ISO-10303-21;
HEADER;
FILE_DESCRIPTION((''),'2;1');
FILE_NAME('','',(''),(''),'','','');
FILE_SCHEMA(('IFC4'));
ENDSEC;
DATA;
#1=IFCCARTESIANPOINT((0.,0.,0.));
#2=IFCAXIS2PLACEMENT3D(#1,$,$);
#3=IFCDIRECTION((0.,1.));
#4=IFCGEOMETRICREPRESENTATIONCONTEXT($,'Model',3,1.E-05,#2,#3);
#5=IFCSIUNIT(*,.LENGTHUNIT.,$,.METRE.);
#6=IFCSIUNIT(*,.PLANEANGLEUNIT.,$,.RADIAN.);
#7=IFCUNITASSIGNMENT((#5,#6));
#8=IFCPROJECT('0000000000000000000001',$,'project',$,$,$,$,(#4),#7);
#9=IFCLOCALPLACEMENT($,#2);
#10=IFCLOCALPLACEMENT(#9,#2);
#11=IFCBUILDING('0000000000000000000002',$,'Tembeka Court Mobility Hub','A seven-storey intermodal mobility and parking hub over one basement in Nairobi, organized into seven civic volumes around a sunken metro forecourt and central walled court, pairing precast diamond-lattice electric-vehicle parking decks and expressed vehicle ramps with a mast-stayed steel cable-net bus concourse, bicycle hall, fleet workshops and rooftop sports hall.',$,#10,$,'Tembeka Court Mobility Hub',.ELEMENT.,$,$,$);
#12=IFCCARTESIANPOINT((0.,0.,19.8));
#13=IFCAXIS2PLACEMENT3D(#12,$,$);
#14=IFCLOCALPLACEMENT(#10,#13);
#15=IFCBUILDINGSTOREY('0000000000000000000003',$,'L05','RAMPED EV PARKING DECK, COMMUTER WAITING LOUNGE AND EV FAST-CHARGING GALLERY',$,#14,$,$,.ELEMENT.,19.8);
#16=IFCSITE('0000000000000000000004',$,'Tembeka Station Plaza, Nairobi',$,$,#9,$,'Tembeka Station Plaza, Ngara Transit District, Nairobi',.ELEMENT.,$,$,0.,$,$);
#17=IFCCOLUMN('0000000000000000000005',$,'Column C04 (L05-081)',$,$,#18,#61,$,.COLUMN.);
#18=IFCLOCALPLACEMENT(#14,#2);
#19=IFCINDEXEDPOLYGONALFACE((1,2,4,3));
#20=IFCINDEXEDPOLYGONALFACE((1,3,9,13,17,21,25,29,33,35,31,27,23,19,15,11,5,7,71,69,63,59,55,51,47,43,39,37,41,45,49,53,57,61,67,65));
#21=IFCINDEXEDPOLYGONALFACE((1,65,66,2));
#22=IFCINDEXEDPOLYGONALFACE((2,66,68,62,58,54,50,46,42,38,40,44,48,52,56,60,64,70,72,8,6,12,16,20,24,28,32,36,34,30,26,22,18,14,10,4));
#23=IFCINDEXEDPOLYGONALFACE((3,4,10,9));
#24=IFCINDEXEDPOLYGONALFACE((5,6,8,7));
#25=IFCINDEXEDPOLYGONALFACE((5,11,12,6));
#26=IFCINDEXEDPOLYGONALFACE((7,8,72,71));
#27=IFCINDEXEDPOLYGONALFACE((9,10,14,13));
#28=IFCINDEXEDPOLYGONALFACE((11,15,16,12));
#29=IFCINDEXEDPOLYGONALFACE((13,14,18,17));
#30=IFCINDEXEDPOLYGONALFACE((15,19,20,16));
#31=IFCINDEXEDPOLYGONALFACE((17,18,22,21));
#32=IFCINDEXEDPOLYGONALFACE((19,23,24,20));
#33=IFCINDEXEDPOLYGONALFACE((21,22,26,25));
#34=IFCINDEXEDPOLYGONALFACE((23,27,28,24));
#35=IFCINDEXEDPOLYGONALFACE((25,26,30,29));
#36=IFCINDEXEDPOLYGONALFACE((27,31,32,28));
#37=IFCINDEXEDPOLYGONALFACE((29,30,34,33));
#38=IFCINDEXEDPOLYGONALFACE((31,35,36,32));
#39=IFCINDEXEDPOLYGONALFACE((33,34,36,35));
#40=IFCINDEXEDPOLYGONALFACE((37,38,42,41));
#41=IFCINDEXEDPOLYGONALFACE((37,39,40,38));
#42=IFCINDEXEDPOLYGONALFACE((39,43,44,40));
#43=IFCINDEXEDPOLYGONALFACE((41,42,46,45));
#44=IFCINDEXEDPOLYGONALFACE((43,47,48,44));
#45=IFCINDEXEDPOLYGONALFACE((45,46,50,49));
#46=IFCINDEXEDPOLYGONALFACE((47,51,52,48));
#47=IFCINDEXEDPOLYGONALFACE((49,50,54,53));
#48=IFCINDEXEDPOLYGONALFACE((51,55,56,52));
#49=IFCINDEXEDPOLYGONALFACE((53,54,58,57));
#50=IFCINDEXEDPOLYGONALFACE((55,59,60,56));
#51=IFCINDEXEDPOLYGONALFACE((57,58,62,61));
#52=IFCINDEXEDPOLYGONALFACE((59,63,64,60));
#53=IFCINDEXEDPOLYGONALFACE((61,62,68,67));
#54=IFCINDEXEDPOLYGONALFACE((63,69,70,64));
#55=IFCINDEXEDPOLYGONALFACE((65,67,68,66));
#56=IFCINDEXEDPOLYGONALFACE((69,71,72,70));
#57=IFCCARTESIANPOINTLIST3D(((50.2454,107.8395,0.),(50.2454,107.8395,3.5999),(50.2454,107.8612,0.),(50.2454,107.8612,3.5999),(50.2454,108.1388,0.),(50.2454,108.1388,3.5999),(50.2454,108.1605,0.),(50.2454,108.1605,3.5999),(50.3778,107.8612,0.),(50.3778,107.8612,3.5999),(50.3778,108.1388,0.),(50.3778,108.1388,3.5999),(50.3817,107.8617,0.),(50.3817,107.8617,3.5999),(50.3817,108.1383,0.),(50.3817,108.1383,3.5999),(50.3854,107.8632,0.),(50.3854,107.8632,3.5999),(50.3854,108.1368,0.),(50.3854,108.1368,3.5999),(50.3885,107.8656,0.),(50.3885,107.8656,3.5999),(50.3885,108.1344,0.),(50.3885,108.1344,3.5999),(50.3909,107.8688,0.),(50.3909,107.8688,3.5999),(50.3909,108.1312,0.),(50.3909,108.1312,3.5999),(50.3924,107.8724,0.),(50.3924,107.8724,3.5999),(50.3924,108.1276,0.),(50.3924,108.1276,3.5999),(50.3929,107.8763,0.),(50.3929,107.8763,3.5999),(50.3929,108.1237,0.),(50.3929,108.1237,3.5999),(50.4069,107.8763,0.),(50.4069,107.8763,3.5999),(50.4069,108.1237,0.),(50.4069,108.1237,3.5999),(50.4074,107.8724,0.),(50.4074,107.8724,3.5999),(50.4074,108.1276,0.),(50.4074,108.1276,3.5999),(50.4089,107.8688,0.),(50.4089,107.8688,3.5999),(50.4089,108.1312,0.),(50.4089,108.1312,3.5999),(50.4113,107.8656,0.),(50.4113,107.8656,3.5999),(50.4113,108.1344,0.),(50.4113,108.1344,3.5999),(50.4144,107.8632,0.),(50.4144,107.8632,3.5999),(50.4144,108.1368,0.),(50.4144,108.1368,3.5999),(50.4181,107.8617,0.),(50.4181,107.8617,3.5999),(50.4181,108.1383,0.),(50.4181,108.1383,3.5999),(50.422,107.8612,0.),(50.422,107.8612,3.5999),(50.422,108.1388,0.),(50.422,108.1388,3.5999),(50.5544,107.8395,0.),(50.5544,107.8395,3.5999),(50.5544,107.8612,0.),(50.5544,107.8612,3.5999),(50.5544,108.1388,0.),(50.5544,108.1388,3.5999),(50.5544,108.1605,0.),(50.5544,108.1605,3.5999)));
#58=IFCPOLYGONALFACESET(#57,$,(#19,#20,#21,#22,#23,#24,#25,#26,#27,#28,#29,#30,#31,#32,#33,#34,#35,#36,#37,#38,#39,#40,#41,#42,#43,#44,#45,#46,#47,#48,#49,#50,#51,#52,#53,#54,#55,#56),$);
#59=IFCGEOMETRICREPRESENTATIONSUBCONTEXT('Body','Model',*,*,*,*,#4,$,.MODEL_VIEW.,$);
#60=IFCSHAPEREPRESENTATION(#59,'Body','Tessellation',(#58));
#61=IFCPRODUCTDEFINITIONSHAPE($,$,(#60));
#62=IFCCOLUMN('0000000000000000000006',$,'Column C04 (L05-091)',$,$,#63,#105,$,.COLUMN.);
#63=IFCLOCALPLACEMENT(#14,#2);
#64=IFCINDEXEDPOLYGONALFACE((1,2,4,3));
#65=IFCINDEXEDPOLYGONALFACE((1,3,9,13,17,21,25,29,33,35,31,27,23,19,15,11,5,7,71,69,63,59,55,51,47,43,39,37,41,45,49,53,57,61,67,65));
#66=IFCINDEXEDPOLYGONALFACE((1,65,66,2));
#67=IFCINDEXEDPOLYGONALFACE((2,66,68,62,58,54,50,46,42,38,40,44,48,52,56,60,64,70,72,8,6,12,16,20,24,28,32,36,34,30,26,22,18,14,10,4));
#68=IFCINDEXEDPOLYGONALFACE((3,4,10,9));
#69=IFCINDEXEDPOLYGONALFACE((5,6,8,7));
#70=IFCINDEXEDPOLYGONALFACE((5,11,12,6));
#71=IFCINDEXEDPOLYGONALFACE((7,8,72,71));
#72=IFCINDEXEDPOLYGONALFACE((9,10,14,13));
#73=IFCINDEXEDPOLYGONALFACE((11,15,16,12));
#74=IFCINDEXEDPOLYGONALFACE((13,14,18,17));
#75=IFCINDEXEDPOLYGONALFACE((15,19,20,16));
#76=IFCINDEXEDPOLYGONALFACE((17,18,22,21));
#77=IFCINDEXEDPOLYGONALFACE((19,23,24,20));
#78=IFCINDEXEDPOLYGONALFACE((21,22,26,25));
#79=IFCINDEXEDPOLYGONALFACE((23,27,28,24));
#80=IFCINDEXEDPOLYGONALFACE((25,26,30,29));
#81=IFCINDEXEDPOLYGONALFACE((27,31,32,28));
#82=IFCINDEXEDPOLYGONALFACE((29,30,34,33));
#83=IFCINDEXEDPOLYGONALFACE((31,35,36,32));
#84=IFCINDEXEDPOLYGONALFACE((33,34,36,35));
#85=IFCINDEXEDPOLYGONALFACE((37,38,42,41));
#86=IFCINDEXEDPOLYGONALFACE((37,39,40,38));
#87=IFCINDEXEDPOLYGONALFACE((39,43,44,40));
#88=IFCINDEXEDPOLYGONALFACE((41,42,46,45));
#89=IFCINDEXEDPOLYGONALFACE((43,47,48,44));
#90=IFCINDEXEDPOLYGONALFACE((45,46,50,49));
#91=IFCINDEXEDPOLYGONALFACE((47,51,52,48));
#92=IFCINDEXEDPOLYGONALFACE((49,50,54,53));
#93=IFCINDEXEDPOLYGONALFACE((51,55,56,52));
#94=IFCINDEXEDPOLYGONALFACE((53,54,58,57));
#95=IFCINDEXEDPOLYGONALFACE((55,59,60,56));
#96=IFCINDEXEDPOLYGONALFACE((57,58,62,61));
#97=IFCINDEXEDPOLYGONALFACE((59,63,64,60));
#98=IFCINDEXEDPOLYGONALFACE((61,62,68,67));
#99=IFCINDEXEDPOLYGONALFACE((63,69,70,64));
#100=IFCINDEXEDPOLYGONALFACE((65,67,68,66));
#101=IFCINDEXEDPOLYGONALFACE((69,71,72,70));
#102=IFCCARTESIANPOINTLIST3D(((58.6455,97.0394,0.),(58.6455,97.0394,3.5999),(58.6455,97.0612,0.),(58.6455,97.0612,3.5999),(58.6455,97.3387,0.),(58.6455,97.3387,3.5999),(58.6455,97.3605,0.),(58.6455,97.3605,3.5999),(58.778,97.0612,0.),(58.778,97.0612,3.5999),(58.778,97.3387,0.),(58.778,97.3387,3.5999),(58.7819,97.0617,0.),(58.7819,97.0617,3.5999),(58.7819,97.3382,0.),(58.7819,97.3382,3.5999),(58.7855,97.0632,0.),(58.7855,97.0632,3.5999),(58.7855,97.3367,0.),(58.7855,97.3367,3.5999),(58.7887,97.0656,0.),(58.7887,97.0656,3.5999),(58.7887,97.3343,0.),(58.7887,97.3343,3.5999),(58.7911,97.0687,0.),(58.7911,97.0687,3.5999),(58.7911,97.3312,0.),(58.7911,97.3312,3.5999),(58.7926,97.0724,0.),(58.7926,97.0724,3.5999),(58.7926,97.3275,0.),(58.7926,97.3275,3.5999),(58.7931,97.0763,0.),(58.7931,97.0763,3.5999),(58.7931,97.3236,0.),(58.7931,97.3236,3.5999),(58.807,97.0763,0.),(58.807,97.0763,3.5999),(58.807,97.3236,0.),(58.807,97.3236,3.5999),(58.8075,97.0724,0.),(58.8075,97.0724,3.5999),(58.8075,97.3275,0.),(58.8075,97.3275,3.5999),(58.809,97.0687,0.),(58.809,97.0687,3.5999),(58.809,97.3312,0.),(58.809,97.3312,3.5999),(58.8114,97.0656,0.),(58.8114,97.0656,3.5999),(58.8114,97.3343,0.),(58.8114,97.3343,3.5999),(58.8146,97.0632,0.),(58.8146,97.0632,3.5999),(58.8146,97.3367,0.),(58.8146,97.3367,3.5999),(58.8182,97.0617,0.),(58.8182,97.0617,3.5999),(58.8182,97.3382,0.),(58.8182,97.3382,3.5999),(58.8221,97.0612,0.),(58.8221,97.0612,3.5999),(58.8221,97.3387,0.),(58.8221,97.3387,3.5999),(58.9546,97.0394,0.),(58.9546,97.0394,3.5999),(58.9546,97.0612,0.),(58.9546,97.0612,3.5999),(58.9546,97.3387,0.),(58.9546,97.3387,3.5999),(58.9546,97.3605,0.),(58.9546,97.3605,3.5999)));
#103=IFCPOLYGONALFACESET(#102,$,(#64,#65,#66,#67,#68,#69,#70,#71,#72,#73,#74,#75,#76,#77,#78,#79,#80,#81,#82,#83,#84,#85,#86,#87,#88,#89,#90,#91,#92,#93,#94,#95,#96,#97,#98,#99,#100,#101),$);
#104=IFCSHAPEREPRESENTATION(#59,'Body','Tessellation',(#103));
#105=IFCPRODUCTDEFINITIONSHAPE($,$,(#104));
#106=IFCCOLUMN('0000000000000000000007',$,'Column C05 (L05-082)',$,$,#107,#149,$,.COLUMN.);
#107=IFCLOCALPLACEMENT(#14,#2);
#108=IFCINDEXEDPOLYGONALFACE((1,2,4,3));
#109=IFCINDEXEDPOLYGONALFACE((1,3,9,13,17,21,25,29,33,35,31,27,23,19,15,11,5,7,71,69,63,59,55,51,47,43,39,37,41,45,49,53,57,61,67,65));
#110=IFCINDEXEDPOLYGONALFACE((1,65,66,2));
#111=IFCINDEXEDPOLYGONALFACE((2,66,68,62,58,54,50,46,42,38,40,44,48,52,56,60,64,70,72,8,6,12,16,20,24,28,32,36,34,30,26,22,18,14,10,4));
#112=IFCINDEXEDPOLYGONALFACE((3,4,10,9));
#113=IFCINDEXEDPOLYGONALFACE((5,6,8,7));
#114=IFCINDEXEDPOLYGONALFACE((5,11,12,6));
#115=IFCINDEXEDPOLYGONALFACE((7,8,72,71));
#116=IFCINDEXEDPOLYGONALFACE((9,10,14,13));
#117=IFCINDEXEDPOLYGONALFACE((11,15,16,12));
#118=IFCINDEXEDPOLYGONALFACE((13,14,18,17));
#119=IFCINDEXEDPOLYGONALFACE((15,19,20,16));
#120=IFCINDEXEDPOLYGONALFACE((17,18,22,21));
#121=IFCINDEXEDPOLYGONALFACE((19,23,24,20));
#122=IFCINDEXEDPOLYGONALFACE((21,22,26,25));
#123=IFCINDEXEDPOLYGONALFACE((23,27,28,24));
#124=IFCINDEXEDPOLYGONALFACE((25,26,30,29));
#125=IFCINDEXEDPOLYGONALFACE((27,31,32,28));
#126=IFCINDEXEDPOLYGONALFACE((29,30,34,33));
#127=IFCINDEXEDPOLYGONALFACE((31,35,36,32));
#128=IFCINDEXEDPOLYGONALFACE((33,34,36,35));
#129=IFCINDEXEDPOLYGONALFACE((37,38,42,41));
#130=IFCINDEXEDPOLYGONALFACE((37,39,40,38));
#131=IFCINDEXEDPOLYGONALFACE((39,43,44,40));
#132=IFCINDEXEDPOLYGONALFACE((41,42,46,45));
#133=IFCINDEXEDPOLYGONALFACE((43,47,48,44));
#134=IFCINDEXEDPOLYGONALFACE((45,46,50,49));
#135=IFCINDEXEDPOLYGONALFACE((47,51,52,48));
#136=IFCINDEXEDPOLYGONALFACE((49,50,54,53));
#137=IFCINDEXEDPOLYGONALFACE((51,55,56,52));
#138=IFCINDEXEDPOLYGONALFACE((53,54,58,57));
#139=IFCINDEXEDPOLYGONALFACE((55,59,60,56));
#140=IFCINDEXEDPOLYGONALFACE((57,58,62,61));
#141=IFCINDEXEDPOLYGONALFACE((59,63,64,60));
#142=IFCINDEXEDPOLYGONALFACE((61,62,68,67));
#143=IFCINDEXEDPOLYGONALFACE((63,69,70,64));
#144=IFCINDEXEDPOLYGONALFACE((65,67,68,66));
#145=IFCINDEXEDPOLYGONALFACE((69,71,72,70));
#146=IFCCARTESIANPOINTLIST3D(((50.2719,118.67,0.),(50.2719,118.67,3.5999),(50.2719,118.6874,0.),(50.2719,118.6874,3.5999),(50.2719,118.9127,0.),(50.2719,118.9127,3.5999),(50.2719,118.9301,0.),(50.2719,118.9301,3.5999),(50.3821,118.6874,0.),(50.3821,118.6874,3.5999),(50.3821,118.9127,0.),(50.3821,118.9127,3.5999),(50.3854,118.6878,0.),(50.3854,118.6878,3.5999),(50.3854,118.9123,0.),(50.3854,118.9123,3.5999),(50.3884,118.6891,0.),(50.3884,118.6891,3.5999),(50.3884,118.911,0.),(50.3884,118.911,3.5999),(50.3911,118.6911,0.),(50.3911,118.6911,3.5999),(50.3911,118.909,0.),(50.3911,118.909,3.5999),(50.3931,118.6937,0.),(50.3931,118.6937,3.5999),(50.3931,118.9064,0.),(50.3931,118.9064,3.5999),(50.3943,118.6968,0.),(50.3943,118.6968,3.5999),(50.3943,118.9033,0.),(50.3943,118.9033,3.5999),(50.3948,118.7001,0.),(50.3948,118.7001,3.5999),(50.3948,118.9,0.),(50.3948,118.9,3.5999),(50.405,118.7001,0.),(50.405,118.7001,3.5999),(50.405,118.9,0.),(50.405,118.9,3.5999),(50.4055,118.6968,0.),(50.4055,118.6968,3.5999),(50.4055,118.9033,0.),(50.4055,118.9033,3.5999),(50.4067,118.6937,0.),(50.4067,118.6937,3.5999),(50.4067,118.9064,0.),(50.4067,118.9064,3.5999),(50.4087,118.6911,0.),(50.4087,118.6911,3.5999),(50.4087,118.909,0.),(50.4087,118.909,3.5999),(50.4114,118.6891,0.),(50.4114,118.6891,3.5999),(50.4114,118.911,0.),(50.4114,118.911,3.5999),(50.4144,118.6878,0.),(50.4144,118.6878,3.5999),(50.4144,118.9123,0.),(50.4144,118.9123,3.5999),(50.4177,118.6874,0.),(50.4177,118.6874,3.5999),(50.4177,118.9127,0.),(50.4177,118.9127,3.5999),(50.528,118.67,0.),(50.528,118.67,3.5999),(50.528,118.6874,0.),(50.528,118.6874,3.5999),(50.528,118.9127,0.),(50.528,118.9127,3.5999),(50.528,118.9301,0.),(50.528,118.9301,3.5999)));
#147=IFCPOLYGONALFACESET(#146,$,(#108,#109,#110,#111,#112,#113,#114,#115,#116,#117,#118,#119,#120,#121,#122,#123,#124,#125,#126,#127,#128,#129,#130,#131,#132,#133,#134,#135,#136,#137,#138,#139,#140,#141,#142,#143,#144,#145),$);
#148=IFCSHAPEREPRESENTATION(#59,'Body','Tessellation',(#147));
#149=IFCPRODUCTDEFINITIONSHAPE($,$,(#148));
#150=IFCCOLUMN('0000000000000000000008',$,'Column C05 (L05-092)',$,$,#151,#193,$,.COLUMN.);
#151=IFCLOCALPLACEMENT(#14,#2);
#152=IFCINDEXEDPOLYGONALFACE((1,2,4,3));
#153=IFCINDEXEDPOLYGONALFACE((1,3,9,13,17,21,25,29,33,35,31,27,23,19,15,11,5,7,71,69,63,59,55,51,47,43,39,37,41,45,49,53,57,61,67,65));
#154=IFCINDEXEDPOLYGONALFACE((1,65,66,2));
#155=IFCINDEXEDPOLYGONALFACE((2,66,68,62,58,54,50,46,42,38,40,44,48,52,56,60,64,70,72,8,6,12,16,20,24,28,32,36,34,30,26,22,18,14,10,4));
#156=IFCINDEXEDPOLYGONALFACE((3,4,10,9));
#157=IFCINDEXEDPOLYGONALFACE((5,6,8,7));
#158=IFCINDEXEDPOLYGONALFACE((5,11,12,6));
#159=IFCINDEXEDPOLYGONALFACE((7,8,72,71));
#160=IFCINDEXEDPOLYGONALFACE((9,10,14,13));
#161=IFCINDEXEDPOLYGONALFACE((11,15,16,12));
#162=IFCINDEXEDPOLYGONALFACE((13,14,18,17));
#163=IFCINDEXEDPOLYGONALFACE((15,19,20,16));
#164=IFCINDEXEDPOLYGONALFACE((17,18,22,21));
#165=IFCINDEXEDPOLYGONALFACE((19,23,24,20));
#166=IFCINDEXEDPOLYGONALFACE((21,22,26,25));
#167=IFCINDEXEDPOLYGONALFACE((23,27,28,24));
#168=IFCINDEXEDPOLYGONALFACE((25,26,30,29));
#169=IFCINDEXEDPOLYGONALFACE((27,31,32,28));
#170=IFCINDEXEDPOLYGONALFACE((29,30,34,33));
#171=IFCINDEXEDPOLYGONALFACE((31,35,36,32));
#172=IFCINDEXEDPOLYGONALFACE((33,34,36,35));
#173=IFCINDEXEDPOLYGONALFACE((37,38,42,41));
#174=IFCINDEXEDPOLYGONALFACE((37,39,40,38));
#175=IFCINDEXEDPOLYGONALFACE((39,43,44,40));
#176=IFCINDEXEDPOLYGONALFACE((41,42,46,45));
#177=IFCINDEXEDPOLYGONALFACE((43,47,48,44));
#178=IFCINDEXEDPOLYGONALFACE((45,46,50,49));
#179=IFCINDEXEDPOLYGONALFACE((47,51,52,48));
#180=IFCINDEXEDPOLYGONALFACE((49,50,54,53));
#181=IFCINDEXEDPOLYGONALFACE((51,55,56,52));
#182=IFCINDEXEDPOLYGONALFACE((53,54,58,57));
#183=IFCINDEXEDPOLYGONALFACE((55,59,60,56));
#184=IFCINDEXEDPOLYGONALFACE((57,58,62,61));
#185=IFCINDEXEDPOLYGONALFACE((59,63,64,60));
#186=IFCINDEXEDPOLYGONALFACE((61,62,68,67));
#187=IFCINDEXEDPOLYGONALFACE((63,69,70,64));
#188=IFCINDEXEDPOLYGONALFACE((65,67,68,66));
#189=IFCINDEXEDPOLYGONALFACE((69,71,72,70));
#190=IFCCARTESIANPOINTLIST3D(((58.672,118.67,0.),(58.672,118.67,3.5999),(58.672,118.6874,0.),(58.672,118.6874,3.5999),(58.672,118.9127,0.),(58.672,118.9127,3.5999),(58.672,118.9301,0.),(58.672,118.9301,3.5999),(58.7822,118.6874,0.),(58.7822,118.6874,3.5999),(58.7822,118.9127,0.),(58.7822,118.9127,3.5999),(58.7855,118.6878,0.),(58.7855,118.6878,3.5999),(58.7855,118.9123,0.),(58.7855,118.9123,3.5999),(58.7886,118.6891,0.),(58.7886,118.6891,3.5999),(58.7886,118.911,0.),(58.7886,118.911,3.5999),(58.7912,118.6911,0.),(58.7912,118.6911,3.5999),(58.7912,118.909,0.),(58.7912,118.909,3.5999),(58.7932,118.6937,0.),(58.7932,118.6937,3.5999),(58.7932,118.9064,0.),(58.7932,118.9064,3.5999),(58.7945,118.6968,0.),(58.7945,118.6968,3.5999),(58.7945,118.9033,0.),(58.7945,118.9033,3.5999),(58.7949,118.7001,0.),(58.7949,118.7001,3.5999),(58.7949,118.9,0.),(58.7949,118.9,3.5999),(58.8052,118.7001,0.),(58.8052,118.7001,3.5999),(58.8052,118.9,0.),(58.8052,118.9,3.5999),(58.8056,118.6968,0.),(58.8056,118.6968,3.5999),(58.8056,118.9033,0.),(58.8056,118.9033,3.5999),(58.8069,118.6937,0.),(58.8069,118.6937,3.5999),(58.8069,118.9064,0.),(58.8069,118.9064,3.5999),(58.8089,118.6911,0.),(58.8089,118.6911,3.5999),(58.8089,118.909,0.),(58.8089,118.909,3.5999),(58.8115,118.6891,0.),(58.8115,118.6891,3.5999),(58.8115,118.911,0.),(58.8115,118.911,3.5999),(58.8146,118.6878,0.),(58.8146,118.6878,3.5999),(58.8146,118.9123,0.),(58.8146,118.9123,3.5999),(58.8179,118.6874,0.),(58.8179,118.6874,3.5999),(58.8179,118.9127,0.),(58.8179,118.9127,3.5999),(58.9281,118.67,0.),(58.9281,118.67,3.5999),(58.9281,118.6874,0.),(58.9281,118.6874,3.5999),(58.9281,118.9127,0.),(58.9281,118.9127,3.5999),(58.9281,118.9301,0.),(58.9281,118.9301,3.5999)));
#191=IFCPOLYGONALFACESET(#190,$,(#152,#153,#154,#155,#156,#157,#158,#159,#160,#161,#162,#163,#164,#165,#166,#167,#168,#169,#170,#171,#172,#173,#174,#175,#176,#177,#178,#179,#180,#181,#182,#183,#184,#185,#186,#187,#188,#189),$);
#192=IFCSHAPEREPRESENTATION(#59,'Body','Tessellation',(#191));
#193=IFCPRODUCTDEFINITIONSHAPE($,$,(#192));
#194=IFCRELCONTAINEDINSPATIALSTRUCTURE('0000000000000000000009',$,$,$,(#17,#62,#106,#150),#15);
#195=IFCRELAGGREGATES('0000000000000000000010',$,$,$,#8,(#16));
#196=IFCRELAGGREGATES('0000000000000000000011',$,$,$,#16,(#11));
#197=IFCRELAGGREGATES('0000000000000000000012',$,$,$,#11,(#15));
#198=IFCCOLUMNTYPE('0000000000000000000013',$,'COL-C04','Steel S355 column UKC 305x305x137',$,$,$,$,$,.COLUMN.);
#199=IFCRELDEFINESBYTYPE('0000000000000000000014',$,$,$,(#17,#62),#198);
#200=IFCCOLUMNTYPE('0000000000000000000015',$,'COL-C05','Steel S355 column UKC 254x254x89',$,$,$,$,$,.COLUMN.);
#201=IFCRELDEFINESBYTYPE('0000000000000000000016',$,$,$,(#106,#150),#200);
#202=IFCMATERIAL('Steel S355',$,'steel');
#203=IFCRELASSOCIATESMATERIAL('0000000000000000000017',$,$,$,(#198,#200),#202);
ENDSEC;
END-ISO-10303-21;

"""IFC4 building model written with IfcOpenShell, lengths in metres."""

from ifc_helpers import new_model, si_unit, direction, frame, origin, origin_2d, place, context, subcontext, project, spatial, i_section, extrude, material, material_profile, profile_set, type_object, element, save


model = new_model("IFC4")

# Units and contexts
model_context = context("Model", 3, precision=1e-05, world=origin(), true_north=direction((0.0, 1.0)))
body_context = subcontext(model_context, "Body", "Model", "MODEL_VIEW")
ifc_project = project(units=[si_unit("LENGTHUNIT", "METRE"), si_unit("PLANEANGLEUNIT", "RADIAN")], contexts=[model_context])

# Site, building, storey
site_placement = place(None, origin())
site = spatial("IfcSite", under=ifc_project, at=site_placement, Name="Tembeka Station Plaza, Nairobi", LongName="Tembeka Station Plaza, Ngara Transit District, Nairobi", CompositionType="ELEMENT", RefElevation=0.0)
building_placement = place(site_placement, origin())
building = spatial("IfcBuilding", under=site, at=building_placement, Name="Tembeka Court Mobility Hub", Description="A seven-storey intermodal mobility and parking hub over one basement in Nairobi, organized into seven civic volumes around a sunken metro forecourt and central walled court, pairing precast diamond-lattice electric-vehicle parking decks and expressed vehicle ramps with a mast-stayed steel cable-net bus concourse, bicycle hall, fleet workshops and rooftop sports hall.", LongName="Tembeka Court Mobility Hub", CompositionType="ELEMENT")
storey_placement = place(building_placement, frame((0.0, 0.0, 19.8)))
storey = spatial("IfcBuildingStorey", under=building, at=storey_placement, Name="L05", Description="RAMPED EV PARKING DECK, COMMUTER WAITING LOUNGE AND EV FAST-CHARGING GALLERY", CompositionType="ELEMENT", Elevation=19.8)

# Columns
ifc_material_1 = material(Name="Steel S355", Category="steel")
ifc_material_profile_1 = material_profile(ifc_material_1, i_section(OverallWidth=0.3091, OverallDepth=0.321, WebThickness=0.0139, FlangeThickness=0.0217, FilletRadius=0.0151, at=origin_2d()), Name="UKC 305x305x137")
ifc_profile_set_1 = profile_set([ifc_material_profile_1], Name="Steel S355")
column_type_1 = type_object("IfcColumnType", Name="COL-C04", Description="Steel S355 column UKC 305x305x137", PredefinedType="COLUMN", material=ifc_profile_set_1)
for number, where, z_axis, x_axis, name in (
    (1, (50.3999, 108.0, 0.0), (0.0, 0.0, 1.0), (1.0, 0.0, 0.0), "Column C04 (L05-081)"),
    (2, (58.8, 97.2, 0.0), (0.0, 0.0, 1.0), (1.0, 0.0, 0.0), "Column C04 (L05-091)"),
):
    element("IfcColumn", number, at=place(storey_placement, frame(where, z_axis=z_axis, x_axis=x_axis)), inside=storey, type_object=column_type_1, Name=name, PredefinedType="COLUMN", context=body_context, shape_type="SweptSolid", body=[
        extrude(i_section(OverallWidth=0.3091, OverallDepth=0.321, WebThickness=0.0139, FlangeThickness=0.0217, FilletRadius=0.0151, at=origin_2d()), origin(), (0.0, 0.0, 1.0), 3.5999),
    ])
ifc_material_profile_2 = material_profile(ifc_material_1, i_section(OverallWidth=0.2561, OverallDepth=0.26, WebThickness=0.0103, FlangeThickness=0.0173, FilletRadius=0.0127, at=origin_2d()), Name="UKC 254x254x89")
ifc_profile_set_2 = profile_set([ifc_material_profile_2], Name="Steel S355")
column_type_2 = type_object("IfcColumnType", Name="COL-C05", Description="Steel S355 column UKC 254x254x89", PredefinedType="COLUMN", material=ifc_profile_set_2)
for number, where, z_axis, x_axis, name in (
    (3, (50.3999, 118.8, 0.0), (0.0, 0.0, 1.0), (1.0, 0.0, 0.0), "Column C05 (L05-082)"),
    (4, (58.8, 118.8, 0.0), (0.0, 0.0, 1.0), (1.0, 0.0, 0.0), "Column C05 (L05-092)"),
):
    element("IfcColumn", number, at=place(storey_placement, frame(where, z_axis=z_axis, x_axis=x_axis)), inside=storey, type_object=column_type_2, Name=name, PredefinedType="COLUMN", context=body_context, shape_type="SweptSolid", body=[
        extrude(i_section(OverallWidth=0.2561, OverallDepth=0.26, WebThickness=0.0103, FlangeThickness=0.0173, FilletRadius=0.0127, at=origin_2d()), origin(), (0.0, 0.0, 1.0), 3.5999),
    ])

save(model, "model.ifc")
